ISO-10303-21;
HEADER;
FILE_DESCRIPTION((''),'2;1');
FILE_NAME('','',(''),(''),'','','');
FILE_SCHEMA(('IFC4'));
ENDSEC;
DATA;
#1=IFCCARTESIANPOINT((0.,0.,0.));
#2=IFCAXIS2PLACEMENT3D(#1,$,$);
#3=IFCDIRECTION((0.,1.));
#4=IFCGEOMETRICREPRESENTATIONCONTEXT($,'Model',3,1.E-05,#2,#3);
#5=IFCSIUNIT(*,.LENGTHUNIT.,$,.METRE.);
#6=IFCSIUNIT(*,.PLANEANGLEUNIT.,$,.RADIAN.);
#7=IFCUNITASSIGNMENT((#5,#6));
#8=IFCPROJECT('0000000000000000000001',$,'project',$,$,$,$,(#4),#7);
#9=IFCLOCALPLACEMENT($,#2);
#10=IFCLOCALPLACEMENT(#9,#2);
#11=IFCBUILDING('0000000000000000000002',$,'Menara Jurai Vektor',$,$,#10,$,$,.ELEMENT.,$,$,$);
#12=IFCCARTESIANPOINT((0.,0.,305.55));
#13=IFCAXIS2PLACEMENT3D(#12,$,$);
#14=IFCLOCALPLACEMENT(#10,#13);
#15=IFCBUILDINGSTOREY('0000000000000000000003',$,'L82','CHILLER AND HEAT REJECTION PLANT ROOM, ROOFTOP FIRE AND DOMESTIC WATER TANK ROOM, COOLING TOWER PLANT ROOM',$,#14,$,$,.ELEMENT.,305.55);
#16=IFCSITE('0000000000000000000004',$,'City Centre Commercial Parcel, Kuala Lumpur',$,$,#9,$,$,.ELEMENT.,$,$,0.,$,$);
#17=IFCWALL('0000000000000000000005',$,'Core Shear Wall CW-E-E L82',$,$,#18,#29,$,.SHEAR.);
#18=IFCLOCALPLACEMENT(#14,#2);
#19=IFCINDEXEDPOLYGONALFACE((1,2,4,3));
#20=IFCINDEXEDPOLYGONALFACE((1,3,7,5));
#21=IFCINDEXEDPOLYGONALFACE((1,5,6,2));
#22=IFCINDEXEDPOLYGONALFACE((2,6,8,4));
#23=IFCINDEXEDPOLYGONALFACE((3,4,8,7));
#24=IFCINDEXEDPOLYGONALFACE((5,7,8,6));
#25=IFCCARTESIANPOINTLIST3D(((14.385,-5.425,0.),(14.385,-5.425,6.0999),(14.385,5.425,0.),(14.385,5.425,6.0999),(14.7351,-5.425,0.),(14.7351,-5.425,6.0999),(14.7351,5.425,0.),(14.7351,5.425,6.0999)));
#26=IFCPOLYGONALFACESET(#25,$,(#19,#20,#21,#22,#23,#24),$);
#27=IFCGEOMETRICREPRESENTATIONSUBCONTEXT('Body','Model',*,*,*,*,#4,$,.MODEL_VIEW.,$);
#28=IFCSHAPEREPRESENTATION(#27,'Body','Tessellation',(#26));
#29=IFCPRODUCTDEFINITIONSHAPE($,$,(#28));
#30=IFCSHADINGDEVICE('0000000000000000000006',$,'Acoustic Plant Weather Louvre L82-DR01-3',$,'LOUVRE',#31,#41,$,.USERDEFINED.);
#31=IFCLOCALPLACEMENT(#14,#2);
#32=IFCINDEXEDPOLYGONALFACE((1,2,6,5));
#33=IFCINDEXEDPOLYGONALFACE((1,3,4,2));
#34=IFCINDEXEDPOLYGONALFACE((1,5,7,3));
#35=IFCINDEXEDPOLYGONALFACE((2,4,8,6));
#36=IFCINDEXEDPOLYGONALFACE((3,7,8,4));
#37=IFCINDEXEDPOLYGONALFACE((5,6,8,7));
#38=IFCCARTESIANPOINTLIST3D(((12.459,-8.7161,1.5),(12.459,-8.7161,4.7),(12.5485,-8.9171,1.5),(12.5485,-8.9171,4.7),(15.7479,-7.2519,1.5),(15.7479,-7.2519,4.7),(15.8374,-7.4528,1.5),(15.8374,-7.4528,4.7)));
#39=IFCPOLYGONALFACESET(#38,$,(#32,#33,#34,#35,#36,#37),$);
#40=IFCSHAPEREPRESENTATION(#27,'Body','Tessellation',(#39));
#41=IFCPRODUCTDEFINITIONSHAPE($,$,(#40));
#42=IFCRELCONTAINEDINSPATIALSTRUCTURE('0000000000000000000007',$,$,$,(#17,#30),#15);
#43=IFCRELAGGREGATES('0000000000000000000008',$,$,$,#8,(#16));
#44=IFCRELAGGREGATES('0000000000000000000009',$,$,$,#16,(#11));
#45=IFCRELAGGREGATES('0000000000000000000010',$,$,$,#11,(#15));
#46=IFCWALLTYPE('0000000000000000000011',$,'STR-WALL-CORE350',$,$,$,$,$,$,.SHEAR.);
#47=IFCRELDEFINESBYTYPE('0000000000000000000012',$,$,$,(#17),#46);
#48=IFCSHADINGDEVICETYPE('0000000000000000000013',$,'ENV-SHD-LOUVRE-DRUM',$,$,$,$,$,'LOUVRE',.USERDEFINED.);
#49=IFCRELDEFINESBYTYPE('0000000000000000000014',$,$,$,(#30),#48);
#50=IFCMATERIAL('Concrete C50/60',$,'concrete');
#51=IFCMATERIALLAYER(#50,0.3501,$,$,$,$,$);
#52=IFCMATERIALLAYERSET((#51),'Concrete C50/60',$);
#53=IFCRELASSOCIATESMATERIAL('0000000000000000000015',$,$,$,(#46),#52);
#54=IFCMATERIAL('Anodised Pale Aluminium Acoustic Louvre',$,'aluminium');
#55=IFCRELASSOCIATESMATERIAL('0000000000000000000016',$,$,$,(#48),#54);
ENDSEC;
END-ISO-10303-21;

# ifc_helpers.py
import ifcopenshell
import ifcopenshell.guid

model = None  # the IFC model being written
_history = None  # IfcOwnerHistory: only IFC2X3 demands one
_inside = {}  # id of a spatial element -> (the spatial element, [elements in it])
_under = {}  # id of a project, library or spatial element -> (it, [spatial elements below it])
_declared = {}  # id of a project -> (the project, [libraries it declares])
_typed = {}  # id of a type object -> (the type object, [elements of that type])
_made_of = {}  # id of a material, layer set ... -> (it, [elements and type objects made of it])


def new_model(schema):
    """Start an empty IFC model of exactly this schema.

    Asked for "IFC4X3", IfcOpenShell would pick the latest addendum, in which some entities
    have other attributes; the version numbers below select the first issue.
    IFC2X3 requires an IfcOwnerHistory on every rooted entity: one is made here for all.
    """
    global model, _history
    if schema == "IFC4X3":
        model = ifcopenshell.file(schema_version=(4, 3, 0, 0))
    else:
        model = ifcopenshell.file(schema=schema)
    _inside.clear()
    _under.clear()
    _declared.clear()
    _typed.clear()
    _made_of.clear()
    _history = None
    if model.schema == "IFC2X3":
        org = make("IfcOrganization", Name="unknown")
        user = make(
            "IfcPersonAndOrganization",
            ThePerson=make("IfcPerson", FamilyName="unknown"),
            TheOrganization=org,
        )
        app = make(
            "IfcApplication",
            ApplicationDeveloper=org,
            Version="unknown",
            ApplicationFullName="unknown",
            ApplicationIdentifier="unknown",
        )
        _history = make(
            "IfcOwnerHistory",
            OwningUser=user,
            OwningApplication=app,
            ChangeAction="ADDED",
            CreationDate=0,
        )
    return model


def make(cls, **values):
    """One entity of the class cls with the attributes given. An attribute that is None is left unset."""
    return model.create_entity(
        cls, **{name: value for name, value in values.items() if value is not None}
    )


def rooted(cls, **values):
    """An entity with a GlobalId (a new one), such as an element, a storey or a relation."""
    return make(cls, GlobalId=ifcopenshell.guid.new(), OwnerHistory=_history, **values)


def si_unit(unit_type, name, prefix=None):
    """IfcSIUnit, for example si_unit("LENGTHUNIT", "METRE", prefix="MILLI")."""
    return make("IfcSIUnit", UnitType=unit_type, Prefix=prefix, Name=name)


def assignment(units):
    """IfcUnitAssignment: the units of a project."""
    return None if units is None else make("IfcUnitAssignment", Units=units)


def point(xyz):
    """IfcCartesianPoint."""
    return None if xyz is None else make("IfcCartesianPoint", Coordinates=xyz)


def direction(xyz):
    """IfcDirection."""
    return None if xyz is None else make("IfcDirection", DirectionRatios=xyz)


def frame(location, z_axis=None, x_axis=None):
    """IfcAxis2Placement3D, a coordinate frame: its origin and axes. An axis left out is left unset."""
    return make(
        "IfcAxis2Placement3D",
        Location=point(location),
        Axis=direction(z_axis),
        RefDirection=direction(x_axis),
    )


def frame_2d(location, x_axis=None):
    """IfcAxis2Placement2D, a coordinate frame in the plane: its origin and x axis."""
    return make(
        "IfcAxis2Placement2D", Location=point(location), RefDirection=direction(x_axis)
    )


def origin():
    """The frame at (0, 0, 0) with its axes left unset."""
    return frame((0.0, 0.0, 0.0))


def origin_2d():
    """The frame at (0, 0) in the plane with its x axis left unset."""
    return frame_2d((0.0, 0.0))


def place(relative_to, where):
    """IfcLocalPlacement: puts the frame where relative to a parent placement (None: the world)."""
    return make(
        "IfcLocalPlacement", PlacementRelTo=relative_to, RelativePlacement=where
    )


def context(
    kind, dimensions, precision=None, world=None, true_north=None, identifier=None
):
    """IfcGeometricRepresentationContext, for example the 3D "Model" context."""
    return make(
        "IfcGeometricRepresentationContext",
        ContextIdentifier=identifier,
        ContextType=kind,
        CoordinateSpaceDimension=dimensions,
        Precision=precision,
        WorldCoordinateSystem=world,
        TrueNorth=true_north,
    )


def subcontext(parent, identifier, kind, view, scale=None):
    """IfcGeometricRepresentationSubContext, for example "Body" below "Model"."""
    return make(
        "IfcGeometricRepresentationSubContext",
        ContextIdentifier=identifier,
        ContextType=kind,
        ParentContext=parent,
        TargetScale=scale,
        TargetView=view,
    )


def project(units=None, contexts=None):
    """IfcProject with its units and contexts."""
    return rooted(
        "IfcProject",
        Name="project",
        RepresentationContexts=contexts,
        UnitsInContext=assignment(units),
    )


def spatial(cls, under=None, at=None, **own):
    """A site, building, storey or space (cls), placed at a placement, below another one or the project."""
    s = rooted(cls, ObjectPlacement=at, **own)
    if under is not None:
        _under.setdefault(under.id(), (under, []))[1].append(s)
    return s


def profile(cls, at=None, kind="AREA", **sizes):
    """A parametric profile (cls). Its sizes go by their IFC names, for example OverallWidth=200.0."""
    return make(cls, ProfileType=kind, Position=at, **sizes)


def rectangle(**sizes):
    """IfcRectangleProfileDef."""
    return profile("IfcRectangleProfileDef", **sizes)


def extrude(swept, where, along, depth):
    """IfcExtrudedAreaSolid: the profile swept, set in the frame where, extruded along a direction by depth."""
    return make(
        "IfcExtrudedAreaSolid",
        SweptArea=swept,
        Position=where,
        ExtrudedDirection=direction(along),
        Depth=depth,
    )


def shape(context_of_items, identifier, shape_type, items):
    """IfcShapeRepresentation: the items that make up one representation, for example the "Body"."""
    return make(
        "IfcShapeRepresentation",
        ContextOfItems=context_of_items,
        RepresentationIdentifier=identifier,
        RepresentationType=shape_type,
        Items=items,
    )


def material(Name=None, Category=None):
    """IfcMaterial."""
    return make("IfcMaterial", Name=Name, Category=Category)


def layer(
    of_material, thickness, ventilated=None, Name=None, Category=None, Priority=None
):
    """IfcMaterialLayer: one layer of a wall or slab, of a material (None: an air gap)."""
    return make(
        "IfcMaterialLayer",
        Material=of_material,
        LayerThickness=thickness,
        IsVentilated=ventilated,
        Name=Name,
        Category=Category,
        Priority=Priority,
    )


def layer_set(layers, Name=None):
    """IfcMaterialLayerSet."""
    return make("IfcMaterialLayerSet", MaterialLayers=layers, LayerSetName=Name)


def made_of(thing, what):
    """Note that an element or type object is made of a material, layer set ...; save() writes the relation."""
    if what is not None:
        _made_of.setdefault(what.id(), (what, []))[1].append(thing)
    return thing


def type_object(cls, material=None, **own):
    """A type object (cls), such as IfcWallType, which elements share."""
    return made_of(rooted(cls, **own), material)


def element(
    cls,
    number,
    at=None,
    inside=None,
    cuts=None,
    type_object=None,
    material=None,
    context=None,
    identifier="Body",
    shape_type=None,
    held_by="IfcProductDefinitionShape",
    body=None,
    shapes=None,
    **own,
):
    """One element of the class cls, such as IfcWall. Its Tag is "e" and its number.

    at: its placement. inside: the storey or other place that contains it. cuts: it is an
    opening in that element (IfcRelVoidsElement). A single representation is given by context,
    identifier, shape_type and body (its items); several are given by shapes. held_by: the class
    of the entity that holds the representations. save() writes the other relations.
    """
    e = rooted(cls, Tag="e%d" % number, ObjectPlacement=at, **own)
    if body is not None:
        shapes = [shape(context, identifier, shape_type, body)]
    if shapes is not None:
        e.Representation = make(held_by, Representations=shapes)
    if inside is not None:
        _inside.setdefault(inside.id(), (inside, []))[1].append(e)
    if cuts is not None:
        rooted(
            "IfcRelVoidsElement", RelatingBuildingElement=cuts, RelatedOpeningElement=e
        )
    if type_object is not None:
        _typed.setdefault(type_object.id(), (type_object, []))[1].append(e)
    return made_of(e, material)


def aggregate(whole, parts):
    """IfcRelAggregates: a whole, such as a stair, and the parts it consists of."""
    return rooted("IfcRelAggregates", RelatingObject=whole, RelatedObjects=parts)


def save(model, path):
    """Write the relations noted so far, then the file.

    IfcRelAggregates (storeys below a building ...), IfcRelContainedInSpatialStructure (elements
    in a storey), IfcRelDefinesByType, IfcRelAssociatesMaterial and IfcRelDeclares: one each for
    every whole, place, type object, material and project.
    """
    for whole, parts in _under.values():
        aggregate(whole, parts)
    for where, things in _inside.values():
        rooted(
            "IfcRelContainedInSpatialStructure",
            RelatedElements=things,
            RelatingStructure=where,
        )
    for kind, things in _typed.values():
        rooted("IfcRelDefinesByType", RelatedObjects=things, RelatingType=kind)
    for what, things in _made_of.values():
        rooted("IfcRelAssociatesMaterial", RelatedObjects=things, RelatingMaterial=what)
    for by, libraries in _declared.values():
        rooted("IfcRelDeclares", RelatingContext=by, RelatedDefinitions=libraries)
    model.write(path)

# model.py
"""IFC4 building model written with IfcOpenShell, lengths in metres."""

from ifc_helpers import new_model, si_unit, direction, frame, frame_2d, origin, origin_2d, place, context, subcontext, project, spatial, rectangle, extrude, material, layer, layer_set, type_object, element, save


model = new_model("IFC4")

# Units and contexts
model_context = context("Model", 3, precision=1e-05, world=origin(), true_north=direction((0.0, 1.0)))
body_context = subcontext(model_context, "Body", "Model", "MODEL_VIEW")
ifc_project = project(units=[si_unit("LENGTHUNIT", "METRE"), si_unit("PLANEANGLEUNIT", "RADIAN")], contexts=[model_context])

# Site, building, storey
site_placement = place(None, origin())
site = spatial("IfcSite", under=ifc_project, at=site_placement, Name="City Centre Commercial Parcel, Kuala Lumpur", CompositionType="ELEMENT", RefElevation=0.0)
building_placement = place(site_placement, origin())
building = spatial("IfcBuilding", under=site, at=building_placement, Name="Menara Jurai Vektor", CompositionType="ELEMENT")
storey_placement = place(building_placement, frame((0.0, 0.0, 305.55)))
storey = spatial("IfcBuildingStorey", under=building, at=storey_placement, Name="L82", Description="CHILLER AND HEAT REJECTION PLANT ROOM, ROOFTOP FIRE AND DOMESTIC WATER TANK ROOM, COOLING TOWER PLANT ROOM", CompositionType="ELEMENT", Elevation=305.55)

# Shared definitions
ifc_material_1 = material(Name="Concrete C50/60", Category="concrete")

# Wall
ifc_layer_1 = layer(ifc_material_1, 0.3501)
ifc_layer_set_1 = layer_set([ifc_layer_1], Name="Concrete C50/60")
wall_type_1 = type_object("IfcWallType", Name="STR-WALL-CORE350", PredefinedType="SHEAR", material=ifc_layer_set_1)
wall_1_placement = place(storey_placement, frame((14.5601, -5.425, 0.0), z_axis=(0.0, 0.0, 1.0), x_axis=(0.0, 1.0, 0.0)))
element("IfcWall", 1, at=wall_1_placement, inside=storey, type_object=wall_type_1, Name="Core Shear Wall CW-E-E L82", PredefinedType="SHEAR", context=body_context, shape_type="SweptSolid", body=[
    extrude(rectangle(XDim=10.8501, YDim=0.3501, at=frame_2d((5.425, 0.0))), origin(), (0.0, 0.0, 1.0), 6.0999),
])

# Shading device
ifc_material_2 = material(Name="Anodised Pale Aluminium Acoustic Louvre", Category="aluminium")
shading_device_type = type_object("IfcShadingDeviceType", Name="ENV-SHD-LOUVRE-DRUM", ElementType="LOUVRE", PredefinedType="USERDEFINED", material=ifc_material_2)
shading_device_placement = place(storey_placement, frame((14.1482, -8.0845, 1.5), z_axis=(0.0, 0.0, 1.0), x_axis=(0.913545, 0.406737, 0.0)))
element("IfcShadingDevice", 2, at=shading_device_placement, inside=storey, type_object=shading_device_type, Name="Acoustic Plant Weather Louvre L82-DR01-3", ObjectType="LOUVRE", PredefinedType="USERDEFINED", context=body_context, shape_type="SweptSolid", body=[
    extrude(rectangle(XDim=3.6001, YDim=0.22, at=origin_2d()), origin(), (0.0, 0.0, 1.0), 3.2),
])

save(model, "model.ifc")
